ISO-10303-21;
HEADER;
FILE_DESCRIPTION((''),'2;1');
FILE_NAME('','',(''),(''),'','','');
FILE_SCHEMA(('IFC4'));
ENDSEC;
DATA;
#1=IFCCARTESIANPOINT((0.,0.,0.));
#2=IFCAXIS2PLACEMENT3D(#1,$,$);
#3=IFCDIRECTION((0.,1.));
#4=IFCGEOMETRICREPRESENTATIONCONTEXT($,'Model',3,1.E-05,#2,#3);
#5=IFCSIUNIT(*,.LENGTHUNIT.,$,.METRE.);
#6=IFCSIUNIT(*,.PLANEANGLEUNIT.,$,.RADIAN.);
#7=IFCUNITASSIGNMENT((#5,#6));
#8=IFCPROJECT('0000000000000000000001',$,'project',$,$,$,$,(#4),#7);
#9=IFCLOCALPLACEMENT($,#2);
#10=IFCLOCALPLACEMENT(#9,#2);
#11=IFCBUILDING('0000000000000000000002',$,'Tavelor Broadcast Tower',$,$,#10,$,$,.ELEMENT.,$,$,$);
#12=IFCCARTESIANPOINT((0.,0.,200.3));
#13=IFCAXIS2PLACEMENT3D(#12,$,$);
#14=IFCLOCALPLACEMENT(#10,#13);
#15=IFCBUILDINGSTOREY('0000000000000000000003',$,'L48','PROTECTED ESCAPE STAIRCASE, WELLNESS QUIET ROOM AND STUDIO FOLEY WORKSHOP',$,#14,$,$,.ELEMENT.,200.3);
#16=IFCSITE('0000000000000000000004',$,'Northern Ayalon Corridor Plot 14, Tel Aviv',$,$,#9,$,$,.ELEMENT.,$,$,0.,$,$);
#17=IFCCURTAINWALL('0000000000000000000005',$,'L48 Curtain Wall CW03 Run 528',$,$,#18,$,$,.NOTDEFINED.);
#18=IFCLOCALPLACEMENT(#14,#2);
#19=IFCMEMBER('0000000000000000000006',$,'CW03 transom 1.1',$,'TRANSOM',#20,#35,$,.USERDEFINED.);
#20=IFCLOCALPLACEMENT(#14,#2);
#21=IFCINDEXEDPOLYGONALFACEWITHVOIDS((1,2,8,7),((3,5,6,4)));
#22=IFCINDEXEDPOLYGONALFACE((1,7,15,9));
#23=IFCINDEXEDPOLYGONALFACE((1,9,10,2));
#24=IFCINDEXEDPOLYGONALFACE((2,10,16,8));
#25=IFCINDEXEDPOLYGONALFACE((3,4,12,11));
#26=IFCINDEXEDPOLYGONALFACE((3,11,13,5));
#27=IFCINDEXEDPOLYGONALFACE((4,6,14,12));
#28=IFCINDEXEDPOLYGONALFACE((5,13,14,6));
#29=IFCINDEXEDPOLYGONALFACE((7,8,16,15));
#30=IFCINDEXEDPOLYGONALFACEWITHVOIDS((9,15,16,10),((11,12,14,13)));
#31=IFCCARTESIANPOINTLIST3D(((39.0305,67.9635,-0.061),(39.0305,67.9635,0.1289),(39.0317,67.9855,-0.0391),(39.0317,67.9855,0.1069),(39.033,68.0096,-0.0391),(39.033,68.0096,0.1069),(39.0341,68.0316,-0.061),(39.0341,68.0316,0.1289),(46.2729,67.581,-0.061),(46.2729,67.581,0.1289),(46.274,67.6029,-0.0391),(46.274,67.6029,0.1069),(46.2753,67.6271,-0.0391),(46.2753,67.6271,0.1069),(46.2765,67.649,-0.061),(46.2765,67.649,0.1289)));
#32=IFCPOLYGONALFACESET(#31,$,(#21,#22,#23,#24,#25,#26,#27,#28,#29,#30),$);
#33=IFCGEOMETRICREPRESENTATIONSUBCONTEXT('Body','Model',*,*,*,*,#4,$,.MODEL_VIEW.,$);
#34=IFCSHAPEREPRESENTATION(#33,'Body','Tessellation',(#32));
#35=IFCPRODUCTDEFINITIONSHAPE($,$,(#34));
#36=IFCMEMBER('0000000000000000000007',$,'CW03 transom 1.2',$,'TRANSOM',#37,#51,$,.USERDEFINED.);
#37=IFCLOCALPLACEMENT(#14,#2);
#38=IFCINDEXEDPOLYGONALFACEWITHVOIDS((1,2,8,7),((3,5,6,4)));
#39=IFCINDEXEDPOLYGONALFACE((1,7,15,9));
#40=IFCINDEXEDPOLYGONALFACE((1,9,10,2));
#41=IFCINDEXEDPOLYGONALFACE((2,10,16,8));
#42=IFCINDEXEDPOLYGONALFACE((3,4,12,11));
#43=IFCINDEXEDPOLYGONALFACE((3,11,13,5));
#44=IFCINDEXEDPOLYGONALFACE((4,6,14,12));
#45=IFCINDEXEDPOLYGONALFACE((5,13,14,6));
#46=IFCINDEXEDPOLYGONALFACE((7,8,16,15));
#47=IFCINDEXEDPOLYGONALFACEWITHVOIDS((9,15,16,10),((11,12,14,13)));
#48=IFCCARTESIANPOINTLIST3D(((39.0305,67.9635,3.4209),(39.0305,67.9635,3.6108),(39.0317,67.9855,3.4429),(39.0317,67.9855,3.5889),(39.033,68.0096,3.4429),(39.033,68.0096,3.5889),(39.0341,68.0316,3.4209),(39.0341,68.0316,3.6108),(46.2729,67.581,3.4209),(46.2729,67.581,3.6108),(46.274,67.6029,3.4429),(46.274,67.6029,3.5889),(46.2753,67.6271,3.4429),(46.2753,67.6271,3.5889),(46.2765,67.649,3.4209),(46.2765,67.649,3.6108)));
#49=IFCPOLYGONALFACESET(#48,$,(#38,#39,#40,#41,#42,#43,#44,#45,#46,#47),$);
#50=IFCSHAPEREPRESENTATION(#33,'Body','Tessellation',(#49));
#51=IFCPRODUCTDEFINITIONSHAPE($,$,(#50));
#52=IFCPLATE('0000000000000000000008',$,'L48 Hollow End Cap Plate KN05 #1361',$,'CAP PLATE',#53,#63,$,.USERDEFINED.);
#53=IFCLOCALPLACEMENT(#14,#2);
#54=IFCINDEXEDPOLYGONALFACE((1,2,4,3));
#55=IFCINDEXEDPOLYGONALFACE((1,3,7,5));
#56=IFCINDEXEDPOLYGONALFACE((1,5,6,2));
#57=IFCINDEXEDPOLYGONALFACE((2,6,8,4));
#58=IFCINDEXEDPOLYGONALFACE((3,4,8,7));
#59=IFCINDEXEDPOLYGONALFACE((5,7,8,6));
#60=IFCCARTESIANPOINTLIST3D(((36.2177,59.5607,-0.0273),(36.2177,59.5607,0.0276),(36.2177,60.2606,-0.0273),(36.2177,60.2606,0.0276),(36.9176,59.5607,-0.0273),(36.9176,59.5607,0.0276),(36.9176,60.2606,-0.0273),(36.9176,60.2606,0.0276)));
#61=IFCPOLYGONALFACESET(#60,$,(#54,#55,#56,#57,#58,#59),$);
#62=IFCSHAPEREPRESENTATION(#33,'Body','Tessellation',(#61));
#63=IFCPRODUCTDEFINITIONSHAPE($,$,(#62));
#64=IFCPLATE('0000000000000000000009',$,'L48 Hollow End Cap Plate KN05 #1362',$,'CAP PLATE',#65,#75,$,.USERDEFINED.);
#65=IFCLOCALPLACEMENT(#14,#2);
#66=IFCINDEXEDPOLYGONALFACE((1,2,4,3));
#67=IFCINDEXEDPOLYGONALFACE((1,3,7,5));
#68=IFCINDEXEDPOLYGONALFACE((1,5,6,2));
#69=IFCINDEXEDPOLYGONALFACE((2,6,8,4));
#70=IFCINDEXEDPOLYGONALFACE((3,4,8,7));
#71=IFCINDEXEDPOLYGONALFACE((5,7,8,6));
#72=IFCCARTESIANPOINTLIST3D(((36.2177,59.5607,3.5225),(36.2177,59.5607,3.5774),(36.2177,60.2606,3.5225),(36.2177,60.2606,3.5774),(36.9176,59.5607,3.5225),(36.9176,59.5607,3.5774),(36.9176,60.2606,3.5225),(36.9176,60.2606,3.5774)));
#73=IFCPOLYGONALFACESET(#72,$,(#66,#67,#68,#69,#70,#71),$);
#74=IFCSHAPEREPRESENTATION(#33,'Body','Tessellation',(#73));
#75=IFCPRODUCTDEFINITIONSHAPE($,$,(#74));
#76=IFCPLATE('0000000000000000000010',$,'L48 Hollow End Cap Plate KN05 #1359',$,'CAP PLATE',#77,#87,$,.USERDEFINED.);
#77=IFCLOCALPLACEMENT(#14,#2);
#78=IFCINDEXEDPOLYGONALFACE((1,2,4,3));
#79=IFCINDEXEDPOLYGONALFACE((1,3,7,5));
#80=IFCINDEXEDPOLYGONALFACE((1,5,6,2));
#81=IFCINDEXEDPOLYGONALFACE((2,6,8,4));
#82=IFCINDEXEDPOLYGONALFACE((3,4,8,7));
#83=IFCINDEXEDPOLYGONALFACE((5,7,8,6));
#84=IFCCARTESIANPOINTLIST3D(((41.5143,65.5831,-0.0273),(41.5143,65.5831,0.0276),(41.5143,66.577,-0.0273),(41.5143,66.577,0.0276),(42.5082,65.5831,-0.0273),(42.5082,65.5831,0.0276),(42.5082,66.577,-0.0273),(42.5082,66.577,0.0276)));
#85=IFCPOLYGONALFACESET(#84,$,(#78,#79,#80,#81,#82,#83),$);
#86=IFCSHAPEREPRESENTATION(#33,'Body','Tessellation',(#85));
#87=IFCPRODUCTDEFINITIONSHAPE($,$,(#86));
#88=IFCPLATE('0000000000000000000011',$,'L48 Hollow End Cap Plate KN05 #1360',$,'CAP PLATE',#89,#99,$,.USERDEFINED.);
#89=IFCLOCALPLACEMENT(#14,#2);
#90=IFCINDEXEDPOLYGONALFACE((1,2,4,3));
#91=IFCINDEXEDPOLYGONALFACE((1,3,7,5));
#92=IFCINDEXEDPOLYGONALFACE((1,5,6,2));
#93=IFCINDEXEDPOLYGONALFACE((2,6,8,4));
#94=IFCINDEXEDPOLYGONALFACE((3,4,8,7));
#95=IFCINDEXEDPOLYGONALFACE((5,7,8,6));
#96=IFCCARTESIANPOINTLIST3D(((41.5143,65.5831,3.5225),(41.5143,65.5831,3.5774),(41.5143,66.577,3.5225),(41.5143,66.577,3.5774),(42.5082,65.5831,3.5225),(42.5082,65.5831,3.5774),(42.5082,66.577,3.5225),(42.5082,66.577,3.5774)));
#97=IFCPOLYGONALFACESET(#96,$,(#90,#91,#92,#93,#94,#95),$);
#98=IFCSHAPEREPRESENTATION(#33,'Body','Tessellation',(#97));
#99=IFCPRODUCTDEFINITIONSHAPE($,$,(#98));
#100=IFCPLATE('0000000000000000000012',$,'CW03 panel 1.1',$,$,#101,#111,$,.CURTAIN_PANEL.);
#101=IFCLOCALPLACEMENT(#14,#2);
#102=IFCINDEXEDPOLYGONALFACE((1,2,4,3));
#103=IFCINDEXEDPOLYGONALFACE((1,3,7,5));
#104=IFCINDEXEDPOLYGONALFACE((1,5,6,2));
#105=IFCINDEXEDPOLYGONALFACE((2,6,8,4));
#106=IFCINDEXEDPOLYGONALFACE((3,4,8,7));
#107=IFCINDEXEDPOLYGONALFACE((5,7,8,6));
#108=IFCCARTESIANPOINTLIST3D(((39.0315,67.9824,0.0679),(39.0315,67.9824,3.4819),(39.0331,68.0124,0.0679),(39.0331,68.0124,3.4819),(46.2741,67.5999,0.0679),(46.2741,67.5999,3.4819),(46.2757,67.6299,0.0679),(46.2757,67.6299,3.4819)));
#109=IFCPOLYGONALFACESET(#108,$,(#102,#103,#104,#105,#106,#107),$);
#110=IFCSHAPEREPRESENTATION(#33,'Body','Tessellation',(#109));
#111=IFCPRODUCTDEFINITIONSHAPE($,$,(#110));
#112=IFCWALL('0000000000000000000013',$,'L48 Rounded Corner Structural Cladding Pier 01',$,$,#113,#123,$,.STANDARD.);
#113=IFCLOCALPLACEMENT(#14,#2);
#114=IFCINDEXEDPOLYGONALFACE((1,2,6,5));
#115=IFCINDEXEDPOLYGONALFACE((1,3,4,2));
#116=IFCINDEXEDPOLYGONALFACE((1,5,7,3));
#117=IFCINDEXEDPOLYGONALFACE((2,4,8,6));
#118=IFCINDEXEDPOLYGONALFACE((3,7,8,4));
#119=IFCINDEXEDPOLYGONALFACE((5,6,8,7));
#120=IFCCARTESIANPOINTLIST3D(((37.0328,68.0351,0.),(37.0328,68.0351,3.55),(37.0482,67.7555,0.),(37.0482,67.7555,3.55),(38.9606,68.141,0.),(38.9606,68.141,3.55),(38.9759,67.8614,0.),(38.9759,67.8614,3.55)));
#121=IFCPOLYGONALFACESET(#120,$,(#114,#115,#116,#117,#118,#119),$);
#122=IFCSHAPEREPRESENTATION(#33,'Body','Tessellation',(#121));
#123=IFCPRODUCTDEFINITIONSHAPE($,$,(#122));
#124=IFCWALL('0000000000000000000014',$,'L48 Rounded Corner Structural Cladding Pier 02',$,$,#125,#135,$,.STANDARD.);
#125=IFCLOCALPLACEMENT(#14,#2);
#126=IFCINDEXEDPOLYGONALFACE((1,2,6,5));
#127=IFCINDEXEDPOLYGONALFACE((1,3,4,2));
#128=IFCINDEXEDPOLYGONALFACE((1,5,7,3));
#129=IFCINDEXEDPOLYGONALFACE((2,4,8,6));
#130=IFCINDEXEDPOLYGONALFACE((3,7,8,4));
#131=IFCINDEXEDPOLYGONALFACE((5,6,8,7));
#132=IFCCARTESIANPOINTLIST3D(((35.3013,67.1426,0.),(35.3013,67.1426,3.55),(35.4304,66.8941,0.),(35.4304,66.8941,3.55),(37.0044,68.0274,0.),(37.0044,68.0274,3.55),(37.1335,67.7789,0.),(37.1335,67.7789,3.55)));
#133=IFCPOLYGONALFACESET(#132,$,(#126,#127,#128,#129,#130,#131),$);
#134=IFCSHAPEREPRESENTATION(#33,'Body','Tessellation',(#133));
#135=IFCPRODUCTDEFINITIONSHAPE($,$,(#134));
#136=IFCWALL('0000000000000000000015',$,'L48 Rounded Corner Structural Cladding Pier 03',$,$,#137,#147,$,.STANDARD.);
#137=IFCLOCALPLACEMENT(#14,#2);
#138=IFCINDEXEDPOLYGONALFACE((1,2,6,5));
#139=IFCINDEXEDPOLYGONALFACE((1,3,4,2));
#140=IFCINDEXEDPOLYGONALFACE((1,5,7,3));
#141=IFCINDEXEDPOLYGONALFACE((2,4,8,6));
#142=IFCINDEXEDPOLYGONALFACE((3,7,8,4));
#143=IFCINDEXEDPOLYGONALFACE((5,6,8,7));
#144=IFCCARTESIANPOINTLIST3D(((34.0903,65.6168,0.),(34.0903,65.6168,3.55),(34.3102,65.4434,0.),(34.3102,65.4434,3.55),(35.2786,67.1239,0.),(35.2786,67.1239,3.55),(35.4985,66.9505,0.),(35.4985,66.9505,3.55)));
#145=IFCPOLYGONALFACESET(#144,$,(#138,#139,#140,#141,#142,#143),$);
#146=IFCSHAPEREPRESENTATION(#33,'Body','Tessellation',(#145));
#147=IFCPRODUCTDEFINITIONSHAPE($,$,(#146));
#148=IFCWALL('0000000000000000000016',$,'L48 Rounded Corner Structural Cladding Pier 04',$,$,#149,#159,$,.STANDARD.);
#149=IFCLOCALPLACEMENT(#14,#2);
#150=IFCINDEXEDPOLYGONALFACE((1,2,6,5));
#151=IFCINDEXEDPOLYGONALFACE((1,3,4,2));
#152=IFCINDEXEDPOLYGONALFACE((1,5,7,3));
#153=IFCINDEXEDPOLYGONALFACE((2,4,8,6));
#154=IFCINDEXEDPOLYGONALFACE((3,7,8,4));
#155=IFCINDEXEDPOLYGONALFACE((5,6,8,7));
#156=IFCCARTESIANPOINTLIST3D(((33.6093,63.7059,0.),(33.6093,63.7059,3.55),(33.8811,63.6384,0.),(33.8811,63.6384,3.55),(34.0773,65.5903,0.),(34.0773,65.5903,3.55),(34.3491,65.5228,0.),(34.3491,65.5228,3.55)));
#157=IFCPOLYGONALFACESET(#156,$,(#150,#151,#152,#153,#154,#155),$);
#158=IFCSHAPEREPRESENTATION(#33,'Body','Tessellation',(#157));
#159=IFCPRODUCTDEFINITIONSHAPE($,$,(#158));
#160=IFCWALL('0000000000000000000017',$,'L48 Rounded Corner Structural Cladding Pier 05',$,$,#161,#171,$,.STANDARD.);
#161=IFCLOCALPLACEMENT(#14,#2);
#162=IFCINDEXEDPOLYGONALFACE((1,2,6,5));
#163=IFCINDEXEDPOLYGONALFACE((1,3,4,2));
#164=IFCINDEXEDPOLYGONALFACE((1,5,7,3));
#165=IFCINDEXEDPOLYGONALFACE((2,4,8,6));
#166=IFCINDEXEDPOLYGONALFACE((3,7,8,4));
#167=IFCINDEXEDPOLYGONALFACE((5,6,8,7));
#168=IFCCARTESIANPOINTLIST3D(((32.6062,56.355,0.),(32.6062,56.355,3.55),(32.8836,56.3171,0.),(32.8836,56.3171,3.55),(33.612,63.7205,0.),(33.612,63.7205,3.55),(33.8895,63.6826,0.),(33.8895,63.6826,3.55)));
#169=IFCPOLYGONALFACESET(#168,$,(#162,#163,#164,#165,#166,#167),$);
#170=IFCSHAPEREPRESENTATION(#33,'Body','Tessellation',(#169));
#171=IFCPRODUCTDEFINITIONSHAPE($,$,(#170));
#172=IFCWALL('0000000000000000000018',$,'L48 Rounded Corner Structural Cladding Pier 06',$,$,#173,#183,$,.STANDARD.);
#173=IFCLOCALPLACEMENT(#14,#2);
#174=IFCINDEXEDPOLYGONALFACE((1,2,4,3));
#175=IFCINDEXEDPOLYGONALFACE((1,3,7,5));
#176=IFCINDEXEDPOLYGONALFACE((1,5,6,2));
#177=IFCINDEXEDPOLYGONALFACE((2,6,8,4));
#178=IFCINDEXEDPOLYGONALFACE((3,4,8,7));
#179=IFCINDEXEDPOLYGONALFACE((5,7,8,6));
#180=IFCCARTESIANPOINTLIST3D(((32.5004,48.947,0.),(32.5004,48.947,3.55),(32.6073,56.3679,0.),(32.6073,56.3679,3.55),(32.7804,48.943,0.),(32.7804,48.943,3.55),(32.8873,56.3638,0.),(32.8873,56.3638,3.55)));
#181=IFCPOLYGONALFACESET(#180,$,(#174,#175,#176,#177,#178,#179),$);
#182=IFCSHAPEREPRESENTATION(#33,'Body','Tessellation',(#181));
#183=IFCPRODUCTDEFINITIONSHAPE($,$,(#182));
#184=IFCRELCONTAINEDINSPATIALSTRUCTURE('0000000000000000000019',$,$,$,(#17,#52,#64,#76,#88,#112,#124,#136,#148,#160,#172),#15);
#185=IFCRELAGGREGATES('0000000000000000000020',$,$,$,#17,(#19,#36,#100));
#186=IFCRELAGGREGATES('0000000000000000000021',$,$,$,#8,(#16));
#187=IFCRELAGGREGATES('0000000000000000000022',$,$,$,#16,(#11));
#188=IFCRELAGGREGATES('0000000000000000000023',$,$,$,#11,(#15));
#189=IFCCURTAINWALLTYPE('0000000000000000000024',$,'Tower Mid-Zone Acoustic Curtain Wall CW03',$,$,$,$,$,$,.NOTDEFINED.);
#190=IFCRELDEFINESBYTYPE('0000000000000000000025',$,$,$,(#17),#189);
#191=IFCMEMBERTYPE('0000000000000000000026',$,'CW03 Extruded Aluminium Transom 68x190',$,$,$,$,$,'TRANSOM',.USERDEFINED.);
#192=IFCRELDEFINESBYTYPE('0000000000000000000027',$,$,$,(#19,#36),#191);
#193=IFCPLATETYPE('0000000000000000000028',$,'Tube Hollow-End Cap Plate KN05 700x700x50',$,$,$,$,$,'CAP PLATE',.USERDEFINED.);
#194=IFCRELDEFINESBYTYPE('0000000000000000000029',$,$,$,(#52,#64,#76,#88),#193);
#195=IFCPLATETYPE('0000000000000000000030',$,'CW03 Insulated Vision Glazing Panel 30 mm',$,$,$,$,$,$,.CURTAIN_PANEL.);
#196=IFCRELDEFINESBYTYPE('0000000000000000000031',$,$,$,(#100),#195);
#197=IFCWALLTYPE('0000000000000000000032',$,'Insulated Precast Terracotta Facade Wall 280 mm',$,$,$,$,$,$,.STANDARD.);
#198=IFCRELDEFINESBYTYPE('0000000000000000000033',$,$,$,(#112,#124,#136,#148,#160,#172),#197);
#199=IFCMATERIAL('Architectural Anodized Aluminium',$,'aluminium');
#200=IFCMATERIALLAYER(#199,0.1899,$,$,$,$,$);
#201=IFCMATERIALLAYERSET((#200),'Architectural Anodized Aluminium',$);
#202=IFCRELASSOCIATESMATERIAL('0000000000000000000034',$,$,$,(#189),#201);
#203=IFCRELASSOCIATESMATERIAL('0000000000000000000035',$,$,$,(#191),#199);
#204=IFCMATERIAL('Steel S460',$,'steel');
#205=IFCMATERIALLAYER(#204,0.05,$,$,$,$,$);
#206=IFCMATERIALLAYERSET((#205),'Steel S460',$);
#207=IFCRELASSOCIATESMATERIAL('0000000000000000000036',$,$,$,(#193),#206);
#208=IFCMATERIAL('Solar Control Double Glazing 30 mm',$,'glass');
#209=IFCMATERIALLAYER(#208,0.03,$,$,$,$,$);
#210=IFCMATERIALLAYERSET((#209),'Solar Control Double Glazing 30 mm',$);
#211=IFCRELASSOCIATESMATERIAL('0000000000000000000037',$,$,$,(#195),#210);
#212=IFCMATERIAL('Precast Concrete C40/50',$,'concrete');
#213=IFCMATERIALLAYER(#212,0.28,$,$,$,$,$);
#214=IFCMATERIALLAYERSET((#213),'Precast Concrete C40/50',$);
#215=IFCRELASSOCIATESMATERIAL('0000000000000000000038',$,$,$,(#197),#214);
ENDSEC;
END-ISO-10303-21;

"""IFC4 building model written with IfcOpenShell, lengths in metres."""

from ifc_helpers import new_model, si_unit, direction, frame, frame_2d, origin, origin_2d, place, context, subcontext, project, spatial, rectangle, hollow_rectangle, extrude, source, transform, mapped, material, layer, layer_set, material_profile, profile_set, type_object, type_shapes, element, aggregate, save


model = new_model("IFC4")

# Units and contexts
model_context = context("Model", 3, precision=1e-05, world=origin(), true_north=direction((0.0, 1.0)))
body_context = subcontext(model_context, "Body", "Model", "MODEL_VIEW")
ifc_project = project(units=[si_unit("LENGTHUNIT", "METRE"), si_unit("PLANEANGLEUNIT", "RADIAN")], contexts=[model_context])

# Site, building, storey
site_placement = place(None, origin())
site = spatial("IfcSite", under=ifc_project, at=site_placement, Name="Northern Ayalon Corridor Plot 14, Tel Aviv", CompositionType="ELEMENT", RefElevation=0.0)
building_placement = place(site_placement, origin())
building = spatial("IfcBuilding", under=site, at=building_placement, Name="Tavelor Broadcast Tower", CompositionType="ELEMENT")
storey_placement = place(building_placement, frame((0.0, 0.0, 200.3)))
storey = spatial("IfcBuildingStorey", under=building, at=storey_placement, Name="L48", Description="PROTECTED ESCAPE STAIRCASE, WELLNESS QUIET ROOM AND STUDIO FOLEY WORKSHOP", CompositionType="ELEMENT", Elevation=200.3)

# Shared definitions
ifc_material_1 = material(Name="Steel S460", Category="steel")

# Curtain wall, members
ifc_material_2 = material(Name="Architectural Anodized Aluminium", Category="aluminium")
ifc_layer_1 = layer(ifc_material_2, 0.1899)
ifc_layer_set_1 = layer_set([ifc_layer_1], Name="Architectural Anodized Aluminium")
curtain_wall_type = type_object("IfcCurtainWallType", Name="Tower Mid-Zone Acoustic Curtain Wall CW03", PredefinedType="NOTDEFINED", material=ifc_layer_set_1)
curtain_wall_placement = place(storey_placement, origin())
curtain_wall = element("IfcCurtainWall", 1, at=curtain_wall_placement, inside=storey, type_object=curtain_wall_type, Name="L48 Curtain Wall CW03 Run 528", PredefinedType="NOTDEFINED")
ifc_material_profile_1 = material_profile(ifc_material_2, hollow_rectangle(XDim=0.0681, YDim=0.1899, WallThickness=0.022, at=origin_2d()), Name="RHS 68x190x22")
ifc_profile_set_1 = profile_set([ifc_material_profile_1], Name="Architectural Anodized Aluminium")
member_type_1 = type_object("IfcMemberType", Name="CW03 Extruded Aluminium Transom 68x190", ElementType="TRANSOM", PredefinedType="USERDEFINED", material=ifc_profile_set_1)
shared_shape_1 = source(origin(), body_context, "Body", "SweptSolid", [
    extrude(hollow_rectangle(XDim=0.0681, YDim=0.1899, WallThickness=0.022, at=origin_2d()), origin(), (0.0, 0.0, 1.0), 7.2524),
])
type_shapes(member_type_1, [shared_shape_1])
member_1_placement = place(storey_placement, frame((46.2747, 67.615, 0.0339), z_axis=(-0.998608, 0.05275, 0.0), x_axis=(-0.05275, -0.998608, 0.0)))
member_1 = element("IfcMember", 2, at=member_1_placement, type_object=member_type_1, Name="CW03 transom 1.1", ObjectType="TRANSOM", PredefinedType="USERDEFINED", context=body_context, shape_type="MappedRepresentation", body=[
    mapped(shared_shape_1, transform((0.0, 0.0, 0.0), scale=1.0)),
])
member_2_placement = place(storey_placement, frame((46.2747, 67.615, 3.5159), z_axis=(-0.998608, 0.05275, 0.0), x_axis=(-0.05275, -0.998608, 0.0)))
member_2 = element("IfcMember", 3, at=member_2_placement, type_object=member_type_1, Name="CW03 transom 1.2", ObjectType="TRANSOM", PredefinedType="USERDEFINED", context=body_context, shape_type="MappedRepresentation", body=[
    mapped(shared_shape_1, transform((0.0, 0.0, 0.0), scale=1.0)),
])

# Plates
ifc_layer_2 = layer(ifc_material_1, 0.05)
ifc_layer_set_2 = layer_set([ifc_layer_2], Name="Steel S460")
plate_type_1 = type_object("IfcPlateType", Name="Tube Hollow-End Cap Plate KN05 700x700x50", ElementType="CAP PLATE", PredefinedType="USERDEFINED", material=ifc_layer_set_2)
shared_shape_2 = source(origin(), body_context, "Body", "SweptSolid", [
    extrude(rectangle(XDim=0.7, YDim=0.7, at=origin_2d()), origin(), (0.0, 0.0, 1.0), 0.0549),
])
for number, where, z_axis, x_axis, name in (
    (4, (36.5676, 59.9106, -0.0273), (0.0, 0.0, 1.0), (1.0, 0.0, 0.0), "L48 Hollow End Cap Plate KN05 #1361"),
    (5, (36.5676, 59.9106, 3.5225), (0.0, 0.0, 1.0), (1.0, 0.0, 0.0), "L48 Hollow End Cap Plate KN05 #1362"),
):
    element("IfcPlate", number, at=place(storey_placement, frame(where, z_axis=z_axis, x_axis=x_axis)), inside=storey, type_object=plate_type_1, Name=name, ObjectType="CAP PLATE", PredefinedType="USERDEFINED", context=body_context, shape_type="MappedRepresentation", body=[
        mapped(shared_shape_2, transform((0.0, 0.0, 0.0), scale=1.0)),
    ])
shared_shape_3 = source(origin(), body_context, "Body", "SweptSolid", [
    extrude(rectangle(XDim=0.9939, YDim=0.9939, at=origin_2d()), origin(), (0.0, 0.0, 1.0), 0.0549),
])
type_shapes(plate_type_1, [shared_shape_2, shared_shape_3])
for number, where, z_axis, x_axis, name in (
    (6, (42.0112, 66.0801, -0.0273), (0.0, 0.0, 1.0), (1.0, 0.0, 0.0), "L48 Hollow End Cap Plate KN05 #1359"),
    (7, (42.0112, 66.0801, 3.5225), (0.0, 0.0, 1.0), (1.0, 0.0, 0.0), "L48 Hollow End Cap Plate KN05 #1360"),
):
    element("IfcPlate", number, at=place(storey_placement, frame(where, z_axis=z_axis, x_axis=x_axis)), inside=storey, type_object=plate_type_1, Name=name, ObjectType="CAP PLATE", PredefinedType="USERDEFINED", context=body_context, shape_type="MappedRepresentation", body=[
        mapped(shared_shape_3, transform((0.0, 0.0, 0.0), scale=1.0)),
    ])

# Plate
ifc_material_3 = material(Name="Solar Control Double Glazing 30 mm", Category="glass")
ifc_layer_3 = layer(ifc_material_3, 0.03)
ifc_layer_set_3 = layer_set([ifc_layer_3], Name="Solar Control Double Glazing 30 mm")
plate_type_2 = type_object("IfcPlateType", Name="CW03 Insulated Vision Glazing Panel 30 mm", PredefinedType="CURTAIN_PANEL", material=ifc_layer_set_3)
shared_shape_4 = source(origin(), body_context, "Body", "SweptSolid", [
    extrude(rectangle(XDim=7.2527, YDim=0.03, at=origin_2d()), origin(), (0.0, 0.0, 1.0), 3.4141),
])
type_shapes(plate_type_2, [shared_shape_4])
plate_placement = place(storey_placement, frame((42.6536, 67.8062, 0.0679), z_axis=(0.0, 0.0, 1.0), x_axis=(-0.998608, 0.052744, 0.0)))
plate = element("IfcPlate", 8, at=plate_placement, type_object=plate_type_2, Name="CW03 panel 1.1", PredefinedType="CURTAIN_PANEL", context=body_context, shape_type="MappedRepresentation", body=[
    mapped(shared_shape_4, transform((0.0, 0.0, 0.0), scale=1.0)),
])
aggregate(curtain_wall, [member_1, member_2, plate])

# Walls
ifc_material_4 = material(Name="Precast Concrete C40/50", Category="concrete")
ifc_layer_4 = layer(ifc_material_4, 0.28)
ifc_layer_set_4 = layer_set([ifc_layer_4], Name="Precast Concrete C40/50")
wall_type_1 = type_object("IfcWallType", Name="Insulated Precast Terracotta Facade Wall 280 mm", PredefinedType="STANDARD", material=ifc_layer_set_4)
wall_1_placement = place(storey_placement, frame((38.9683, 68.0012, 0.0), z_axis=(0.0, 0.0, 1.0), x_axis=(-0.998493, -0.054882, 0.0)))
element("IfcWall", 9, at=wall_1_placement, inside=storey, type_object=wall_type_1, Name="L48 Rounded Corner Structural Cladding Pier 01", PredefinedType="STANDARD", context=body_context, shape_type="SweptSolid", body=[
    extrude(rectangle(XDim=1.9307, YDim=0.28, at=frame_2d((0.9653, 0.0))), origin(), (0.0, 0.0, 1.0), 3.55),
])
for number, where, z_axis, x_axis, name in (
    (10, (37.0688, 67.9031, 0.0), (0.0, 0.0, 1.0), (-0.8874, -0.461, 0.0), "L48 Rounded Corner Structural Cladding Pier 02"),
    (11, (35.3884, 67.0371, 0.0), (0.0, 0.0, 1.0), (-0.619141, -0.78528, 0.0), "L48 Rounded Corner Structural Cladding Pier 03"),
):
    element("IfcWall", number, at=place(storey_placement, frame(where, z_axis=z_axis, x_axis=x_axis)), inside=storey, type_object=wall_type_1, Name=name, PredefinedType="STANDARD", context=body_context, shape_type="SweptSolid", body=[
        extrude(rectangle(XDim=1.9192, YDim=0.28, at=frame_2d((0.9595, 0.0))), origin(), (0.0, 0.0, 1.0), 3.55),
    ])
wall_2_placement = place(storey_placement, frame((34.2131, 65.5564, 0.0), z_axis=(0.0, 0.0, 1.0), x_axis=(-0.241027, -0.970519, 0.0)))
element("IfcWall", 12, at=wall_2_placement, inside=storey, type_object=wall_type_1, Name="L48 Rounded Corner Structural Cladding Pier 04", PredefinedType="STANDARD", context=body_context, shape_type="SweptSolid", body=[
    extrude(rectangle(XDim=1.9417, YDim=0.28, at=frame_2d((0.9707, 0.0))), origin(), (0.0, 0.0, 1.0), 3.55),
])
wall_3_placement = place(storey_placement, frame((33.7507, 63.7014, 0.0), z_axis=(0.0, 0.0, 1.0), x_axis=(-0.135308, -0.990804, 0.0)))
element("IfcWall", 13, at=wall_3_placement, inside=storey, type_object=wall_type_1, Name="L48 Rounded Corner Structural Cladding Pier 05", PredefinedType="STANDARD", context=body_context, shape_type="SweptSolid", body=[
    extrude(rectangle(XDim=7.4338, YDim=0.28, at=frame_2d((3.7168, 0.0))), origin(), (0.0, 0.0, 1.0), 3.55),
])
wall_4_placement = place(storey_placement, frame((32.7473, 56.366, 0.0), z_axis=(0.0, 0.0, 1.0), x_axis=(-0.014408, -0.999896, 0.0)))
element("IfcWall", 14, at=wall_4_placement, inside=storey, type_object=wall_type_1, Name="L48 Rounded Corner Structural Cladding Pier 06", PredefinedType="STANDARD", context=body_context, shape_type="SweptSolid", body=[
    extrude(rectangle(XDim=7.4216, YDim=0.28, at=frame_2d((3.7109, 0.0))), origin(), (0.0, 0.0, 1.0), 3.55),
])

save(model, "model.ifc")
